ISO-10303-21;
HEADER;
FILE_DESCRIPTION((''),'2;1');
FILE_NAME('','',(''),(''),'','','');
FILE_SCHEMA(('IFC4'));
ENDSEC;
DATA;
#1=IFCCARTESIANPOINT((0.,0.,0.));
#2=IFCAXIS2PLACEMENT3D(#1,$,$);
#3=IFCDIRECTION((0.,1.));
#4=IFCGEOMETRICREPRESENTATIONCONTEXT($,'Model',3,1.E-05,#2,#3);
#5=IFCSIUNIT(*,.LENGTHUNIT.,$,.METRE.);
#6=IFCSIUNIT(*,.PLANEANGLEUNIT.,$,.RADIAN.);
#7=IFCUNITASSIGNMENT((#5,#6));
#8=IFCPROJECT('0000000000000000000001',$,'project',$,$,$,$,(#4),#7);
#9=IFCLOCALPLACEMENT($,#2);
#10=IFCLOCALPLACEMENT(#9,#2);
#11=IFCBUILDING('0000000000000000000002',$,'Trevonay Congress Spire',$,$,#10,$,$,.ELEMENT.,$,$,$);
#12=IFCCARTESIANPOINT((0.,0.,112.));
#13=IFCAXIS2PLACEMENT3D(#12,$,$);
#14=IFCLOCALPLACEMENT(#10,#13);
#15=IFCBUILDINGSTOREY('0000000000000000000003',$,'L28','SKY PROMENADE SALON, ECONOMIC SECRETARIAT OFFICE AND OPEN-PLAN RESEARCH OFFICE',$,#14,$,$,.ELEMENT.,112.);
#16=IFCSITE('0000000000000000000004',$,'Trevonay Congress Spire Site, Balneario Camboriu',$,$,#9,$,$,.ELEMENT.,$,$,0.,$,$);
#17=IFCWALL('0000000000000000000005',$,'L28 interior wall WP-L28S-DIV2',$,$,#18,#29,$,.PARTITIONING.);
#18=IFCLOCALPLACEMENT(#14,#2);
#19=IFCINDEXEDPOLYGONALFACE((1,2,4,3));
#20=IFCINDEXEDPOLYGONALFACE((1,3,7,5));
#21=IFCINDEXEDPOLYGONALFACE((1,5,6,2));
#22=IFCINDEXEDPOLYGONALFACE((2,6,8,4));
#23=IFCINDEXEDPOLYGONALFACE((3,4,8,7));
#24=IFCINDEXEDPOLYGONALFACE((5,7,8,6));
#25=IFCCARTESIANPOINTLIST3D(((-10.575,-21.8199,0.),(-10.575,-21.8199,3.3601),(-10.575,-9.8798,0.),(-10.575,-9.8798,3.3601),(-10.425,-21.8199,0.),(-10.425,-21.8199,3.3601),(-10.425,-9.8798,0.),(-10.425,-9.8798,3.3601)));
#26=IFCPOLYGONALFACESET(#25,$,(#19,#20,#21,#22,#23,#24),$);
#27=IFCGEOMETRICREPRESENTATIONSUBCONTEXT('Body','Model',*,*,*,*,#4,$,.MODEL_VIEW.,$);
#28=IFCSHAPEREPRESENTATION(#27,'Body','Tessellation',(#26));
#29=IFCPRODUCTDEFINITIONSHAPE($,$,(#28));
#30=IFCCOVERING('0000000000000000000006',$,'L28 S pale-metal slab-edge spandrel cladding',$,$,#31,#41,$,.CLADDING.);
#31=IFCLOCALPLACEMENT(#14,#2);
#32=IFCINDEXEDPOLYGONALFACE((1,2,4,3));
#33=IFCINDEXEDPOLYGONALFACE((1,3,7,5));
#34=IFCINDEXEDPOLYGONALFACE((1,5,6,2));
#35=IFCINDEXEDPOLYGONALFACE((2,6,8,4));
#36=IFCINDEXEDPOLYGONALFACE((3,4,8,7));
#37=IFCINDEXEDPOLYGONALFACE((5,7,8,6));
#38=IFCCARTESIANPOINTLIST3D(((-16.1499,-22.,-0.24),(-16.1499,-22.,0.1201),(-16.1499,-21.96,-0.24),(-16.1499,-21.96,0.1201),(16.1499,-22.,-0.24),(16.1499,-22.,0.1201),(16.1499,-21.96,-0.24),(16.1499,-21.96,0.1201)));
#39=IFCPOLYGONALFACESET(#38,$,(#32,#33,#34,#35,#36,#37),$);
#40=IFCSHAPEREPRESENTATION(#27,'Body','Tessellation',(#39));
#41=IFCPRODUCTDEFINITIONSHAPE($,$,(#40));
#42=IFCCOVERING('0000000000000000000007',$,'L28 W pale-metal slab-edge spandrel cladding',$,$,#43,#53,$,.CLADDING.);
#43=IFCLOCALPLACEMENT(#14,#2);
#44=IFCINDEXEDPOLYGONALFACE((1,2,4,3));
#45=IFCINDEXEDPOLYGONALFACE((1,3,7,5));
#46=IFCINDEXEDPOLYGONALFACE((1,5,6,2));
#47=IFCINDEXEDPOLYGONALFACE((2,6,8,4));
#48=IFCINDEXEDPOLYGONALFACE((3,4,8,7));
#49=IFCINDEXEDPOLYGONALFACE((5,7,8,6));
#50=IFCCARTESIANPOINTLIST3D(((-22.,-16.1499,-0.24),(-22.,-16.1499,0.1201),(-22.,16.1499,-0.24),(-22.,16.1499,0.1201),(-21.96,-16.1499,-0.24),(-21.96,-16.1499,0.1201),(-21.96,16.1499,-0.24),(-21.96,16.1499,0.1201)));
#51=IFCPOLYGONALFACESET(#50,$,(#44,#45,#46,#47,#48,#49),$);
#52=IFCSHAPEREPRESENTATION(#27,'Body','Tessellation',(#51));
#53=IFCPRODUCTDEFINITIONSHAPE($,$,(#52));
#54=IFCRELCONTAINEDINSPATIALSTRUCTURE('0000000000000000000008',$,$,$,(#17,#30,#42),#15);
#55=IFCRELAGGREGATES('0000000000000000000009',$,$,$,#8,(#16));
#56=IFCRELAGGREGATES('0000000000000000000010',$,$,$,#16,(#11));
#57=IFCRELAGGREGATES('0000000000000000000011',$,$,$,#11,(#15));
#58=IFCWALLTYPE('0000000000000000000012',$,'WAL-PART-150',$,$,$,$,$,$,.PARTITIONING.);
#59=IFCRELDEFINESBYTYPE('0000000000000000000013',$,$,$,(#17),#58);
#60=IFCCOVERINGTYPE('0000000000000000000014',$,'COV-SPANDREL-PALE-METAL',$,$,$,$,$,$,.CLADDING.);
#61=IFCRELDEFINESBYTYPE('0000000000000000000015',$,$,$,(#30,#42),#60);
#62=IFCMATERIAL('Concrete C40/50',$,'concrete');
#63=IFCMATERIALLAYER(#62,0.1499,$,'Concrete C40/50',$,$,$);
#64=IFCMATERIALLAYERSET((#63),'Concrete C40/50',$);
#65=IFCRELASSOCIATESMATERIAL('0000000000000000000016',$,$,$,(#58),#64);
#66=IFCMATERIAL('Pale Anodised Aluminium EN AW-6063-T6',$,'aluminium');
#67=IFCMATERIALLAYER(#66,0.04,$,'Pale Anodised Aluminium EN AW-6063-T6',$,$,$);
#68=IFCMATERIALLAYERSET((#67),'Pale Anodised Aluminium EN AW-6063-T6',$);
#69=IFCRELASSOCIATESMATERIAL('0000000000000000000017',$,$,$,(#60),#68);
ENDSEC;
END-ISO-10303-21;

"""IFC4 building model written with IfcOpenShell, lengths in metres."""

from ifc_helpers import new_model, si_unit, direction, frame, frame_2d, origin, place, context, subcontext, project, spatial, rectangle, extrude, material, layer, layer_set, type_object, element, save


model = new_model("IFC4")

# Units and contexts
model_context = context("Model", 3, precision=1e-05, world=origin(), true_north=direction((0.0, 1.0)))
body_context = subcontext(model_context, "Body", "Model", "MODEL_VIEW")
ifc_project = project(units=[si_unit("LENGTHUNIT", "METRE"), si_unit("PLANEANGLEUNIT", "RADIAN")], contexts=[model_context])

# Site, building, storey
site_placement = place(None, origin())
site = spatial("IfcSite", under=ifc_project, at=site_placement, Name="Trevonay Congress Spire Site, Balneario Camboriu", CompositionType="ELEMENT", RefElevation=0.0)
building_placement = place(site_placement, origin())
building = spatial("IfcBuilding", under=site, at=building_placement, Name="Trevonay Congress Spire", CompositionType="ELEMENT")
storey_placement = place(building_placement, frame((0.0, 0.0, 112.0)))
storey = spatial("IfcBuildingStorey", under=building, at=storey_placement, Name="L28", Description="SKY PROMENADE SALON, ECONOMIC SECRETARIAT OFFICE AND OPEN-PLAN RESEARCH OFFICE", CompositionType="ELEMENT", Elevation=112.0)

# Shared definitions
ifc_material_1 = material(Name="Pale Anodised Aluminium EN AW-6063-T6", Category="aluminium")

# Wall
ifc_material_2 = material(Name="Concrete C40/50", Category="concrete")
ifc_layer_1 = layer(ifc_material_2, 0.1499, Name="Concrete C40/50")
ifc_layer_set_1 = layer_set([ifc_layer_1], Name="Concrete C40/50")
wall_type_1 = type_object("IfcWallType", Name="WAL-PART-150", PredefinedType="PARTITIONING", material=ifc_layer_set_1)
for number, where, z_axis, x_axis, name in (
    (1, (-10.5, -21.8201, 0.0), (0.0, 0.0, 1.0), (0.0, 1.0, 0.0), "L28 interior wall WP-L28S-DIV2"),
):
    element("IfcWall", number, at=place(storey_placement, frame(where, z_axis=z_axis, x_axis=x_axis)), inside=storey, type_object=wall_type_1, Name=name, PredefinedType="PARTITIONING", context=body_context, shape_type="SweptSolid", body=[
        extrude(rectangle(XDim=11.9402, YDim=0.1499, at=frame_2d((5.9702, 0.0))), origin(), (0.0, 0.0, 1.0), 3.3601),
    ])

# Coverings
ifc_layer_2 = layer(ifc_material_1, 0.04, Name="Pale Anodised Aluminium EN AW-6063-T6")
ifc_layer_set_2 = layer_set([ifc_layer_2], Name="Pale Anodised Aluminium EN AW-6063-T6")
covering_type = type_object("IfcCoveringType", Name="COV-SPANDREL-PALE-METAL", PredefinedType="CLADDING", material=ifc_layer_set_2)
for number, where, z_axis, x_axis, name in (
    (2, (-16.1499, -21.98, -0.24), (0.0, 0.0, 1.0), (1.0, 0.0, 0.0), "L28 S pale-metal slab-edge spandrel cladding"),
    (3, (-21.98, -16.1499, -0.24), (0.0, 0.0, 1.0), (0.0, 1.0, 0.0), "L28 W pale-metal slab-edge spandrel cladding"),
):
    element("IfcCovering", number, at=place(storey_placement, frame(where, z_axis=z_axis, x_axis=x_axis)), inside=storey, type_object=covering_type, Name=name, PredefinedType="CLADDING", context=body_context, shape_type="SweptSolid", body=[
        extrude(rectangle(XDim=32.2998, YDim=0.04, at=frame_2d((16.1499, 0.0))), origin(), (0.0, 0.0, 1.0), 0.3601),
    ])

save(model, "model.ifc")
